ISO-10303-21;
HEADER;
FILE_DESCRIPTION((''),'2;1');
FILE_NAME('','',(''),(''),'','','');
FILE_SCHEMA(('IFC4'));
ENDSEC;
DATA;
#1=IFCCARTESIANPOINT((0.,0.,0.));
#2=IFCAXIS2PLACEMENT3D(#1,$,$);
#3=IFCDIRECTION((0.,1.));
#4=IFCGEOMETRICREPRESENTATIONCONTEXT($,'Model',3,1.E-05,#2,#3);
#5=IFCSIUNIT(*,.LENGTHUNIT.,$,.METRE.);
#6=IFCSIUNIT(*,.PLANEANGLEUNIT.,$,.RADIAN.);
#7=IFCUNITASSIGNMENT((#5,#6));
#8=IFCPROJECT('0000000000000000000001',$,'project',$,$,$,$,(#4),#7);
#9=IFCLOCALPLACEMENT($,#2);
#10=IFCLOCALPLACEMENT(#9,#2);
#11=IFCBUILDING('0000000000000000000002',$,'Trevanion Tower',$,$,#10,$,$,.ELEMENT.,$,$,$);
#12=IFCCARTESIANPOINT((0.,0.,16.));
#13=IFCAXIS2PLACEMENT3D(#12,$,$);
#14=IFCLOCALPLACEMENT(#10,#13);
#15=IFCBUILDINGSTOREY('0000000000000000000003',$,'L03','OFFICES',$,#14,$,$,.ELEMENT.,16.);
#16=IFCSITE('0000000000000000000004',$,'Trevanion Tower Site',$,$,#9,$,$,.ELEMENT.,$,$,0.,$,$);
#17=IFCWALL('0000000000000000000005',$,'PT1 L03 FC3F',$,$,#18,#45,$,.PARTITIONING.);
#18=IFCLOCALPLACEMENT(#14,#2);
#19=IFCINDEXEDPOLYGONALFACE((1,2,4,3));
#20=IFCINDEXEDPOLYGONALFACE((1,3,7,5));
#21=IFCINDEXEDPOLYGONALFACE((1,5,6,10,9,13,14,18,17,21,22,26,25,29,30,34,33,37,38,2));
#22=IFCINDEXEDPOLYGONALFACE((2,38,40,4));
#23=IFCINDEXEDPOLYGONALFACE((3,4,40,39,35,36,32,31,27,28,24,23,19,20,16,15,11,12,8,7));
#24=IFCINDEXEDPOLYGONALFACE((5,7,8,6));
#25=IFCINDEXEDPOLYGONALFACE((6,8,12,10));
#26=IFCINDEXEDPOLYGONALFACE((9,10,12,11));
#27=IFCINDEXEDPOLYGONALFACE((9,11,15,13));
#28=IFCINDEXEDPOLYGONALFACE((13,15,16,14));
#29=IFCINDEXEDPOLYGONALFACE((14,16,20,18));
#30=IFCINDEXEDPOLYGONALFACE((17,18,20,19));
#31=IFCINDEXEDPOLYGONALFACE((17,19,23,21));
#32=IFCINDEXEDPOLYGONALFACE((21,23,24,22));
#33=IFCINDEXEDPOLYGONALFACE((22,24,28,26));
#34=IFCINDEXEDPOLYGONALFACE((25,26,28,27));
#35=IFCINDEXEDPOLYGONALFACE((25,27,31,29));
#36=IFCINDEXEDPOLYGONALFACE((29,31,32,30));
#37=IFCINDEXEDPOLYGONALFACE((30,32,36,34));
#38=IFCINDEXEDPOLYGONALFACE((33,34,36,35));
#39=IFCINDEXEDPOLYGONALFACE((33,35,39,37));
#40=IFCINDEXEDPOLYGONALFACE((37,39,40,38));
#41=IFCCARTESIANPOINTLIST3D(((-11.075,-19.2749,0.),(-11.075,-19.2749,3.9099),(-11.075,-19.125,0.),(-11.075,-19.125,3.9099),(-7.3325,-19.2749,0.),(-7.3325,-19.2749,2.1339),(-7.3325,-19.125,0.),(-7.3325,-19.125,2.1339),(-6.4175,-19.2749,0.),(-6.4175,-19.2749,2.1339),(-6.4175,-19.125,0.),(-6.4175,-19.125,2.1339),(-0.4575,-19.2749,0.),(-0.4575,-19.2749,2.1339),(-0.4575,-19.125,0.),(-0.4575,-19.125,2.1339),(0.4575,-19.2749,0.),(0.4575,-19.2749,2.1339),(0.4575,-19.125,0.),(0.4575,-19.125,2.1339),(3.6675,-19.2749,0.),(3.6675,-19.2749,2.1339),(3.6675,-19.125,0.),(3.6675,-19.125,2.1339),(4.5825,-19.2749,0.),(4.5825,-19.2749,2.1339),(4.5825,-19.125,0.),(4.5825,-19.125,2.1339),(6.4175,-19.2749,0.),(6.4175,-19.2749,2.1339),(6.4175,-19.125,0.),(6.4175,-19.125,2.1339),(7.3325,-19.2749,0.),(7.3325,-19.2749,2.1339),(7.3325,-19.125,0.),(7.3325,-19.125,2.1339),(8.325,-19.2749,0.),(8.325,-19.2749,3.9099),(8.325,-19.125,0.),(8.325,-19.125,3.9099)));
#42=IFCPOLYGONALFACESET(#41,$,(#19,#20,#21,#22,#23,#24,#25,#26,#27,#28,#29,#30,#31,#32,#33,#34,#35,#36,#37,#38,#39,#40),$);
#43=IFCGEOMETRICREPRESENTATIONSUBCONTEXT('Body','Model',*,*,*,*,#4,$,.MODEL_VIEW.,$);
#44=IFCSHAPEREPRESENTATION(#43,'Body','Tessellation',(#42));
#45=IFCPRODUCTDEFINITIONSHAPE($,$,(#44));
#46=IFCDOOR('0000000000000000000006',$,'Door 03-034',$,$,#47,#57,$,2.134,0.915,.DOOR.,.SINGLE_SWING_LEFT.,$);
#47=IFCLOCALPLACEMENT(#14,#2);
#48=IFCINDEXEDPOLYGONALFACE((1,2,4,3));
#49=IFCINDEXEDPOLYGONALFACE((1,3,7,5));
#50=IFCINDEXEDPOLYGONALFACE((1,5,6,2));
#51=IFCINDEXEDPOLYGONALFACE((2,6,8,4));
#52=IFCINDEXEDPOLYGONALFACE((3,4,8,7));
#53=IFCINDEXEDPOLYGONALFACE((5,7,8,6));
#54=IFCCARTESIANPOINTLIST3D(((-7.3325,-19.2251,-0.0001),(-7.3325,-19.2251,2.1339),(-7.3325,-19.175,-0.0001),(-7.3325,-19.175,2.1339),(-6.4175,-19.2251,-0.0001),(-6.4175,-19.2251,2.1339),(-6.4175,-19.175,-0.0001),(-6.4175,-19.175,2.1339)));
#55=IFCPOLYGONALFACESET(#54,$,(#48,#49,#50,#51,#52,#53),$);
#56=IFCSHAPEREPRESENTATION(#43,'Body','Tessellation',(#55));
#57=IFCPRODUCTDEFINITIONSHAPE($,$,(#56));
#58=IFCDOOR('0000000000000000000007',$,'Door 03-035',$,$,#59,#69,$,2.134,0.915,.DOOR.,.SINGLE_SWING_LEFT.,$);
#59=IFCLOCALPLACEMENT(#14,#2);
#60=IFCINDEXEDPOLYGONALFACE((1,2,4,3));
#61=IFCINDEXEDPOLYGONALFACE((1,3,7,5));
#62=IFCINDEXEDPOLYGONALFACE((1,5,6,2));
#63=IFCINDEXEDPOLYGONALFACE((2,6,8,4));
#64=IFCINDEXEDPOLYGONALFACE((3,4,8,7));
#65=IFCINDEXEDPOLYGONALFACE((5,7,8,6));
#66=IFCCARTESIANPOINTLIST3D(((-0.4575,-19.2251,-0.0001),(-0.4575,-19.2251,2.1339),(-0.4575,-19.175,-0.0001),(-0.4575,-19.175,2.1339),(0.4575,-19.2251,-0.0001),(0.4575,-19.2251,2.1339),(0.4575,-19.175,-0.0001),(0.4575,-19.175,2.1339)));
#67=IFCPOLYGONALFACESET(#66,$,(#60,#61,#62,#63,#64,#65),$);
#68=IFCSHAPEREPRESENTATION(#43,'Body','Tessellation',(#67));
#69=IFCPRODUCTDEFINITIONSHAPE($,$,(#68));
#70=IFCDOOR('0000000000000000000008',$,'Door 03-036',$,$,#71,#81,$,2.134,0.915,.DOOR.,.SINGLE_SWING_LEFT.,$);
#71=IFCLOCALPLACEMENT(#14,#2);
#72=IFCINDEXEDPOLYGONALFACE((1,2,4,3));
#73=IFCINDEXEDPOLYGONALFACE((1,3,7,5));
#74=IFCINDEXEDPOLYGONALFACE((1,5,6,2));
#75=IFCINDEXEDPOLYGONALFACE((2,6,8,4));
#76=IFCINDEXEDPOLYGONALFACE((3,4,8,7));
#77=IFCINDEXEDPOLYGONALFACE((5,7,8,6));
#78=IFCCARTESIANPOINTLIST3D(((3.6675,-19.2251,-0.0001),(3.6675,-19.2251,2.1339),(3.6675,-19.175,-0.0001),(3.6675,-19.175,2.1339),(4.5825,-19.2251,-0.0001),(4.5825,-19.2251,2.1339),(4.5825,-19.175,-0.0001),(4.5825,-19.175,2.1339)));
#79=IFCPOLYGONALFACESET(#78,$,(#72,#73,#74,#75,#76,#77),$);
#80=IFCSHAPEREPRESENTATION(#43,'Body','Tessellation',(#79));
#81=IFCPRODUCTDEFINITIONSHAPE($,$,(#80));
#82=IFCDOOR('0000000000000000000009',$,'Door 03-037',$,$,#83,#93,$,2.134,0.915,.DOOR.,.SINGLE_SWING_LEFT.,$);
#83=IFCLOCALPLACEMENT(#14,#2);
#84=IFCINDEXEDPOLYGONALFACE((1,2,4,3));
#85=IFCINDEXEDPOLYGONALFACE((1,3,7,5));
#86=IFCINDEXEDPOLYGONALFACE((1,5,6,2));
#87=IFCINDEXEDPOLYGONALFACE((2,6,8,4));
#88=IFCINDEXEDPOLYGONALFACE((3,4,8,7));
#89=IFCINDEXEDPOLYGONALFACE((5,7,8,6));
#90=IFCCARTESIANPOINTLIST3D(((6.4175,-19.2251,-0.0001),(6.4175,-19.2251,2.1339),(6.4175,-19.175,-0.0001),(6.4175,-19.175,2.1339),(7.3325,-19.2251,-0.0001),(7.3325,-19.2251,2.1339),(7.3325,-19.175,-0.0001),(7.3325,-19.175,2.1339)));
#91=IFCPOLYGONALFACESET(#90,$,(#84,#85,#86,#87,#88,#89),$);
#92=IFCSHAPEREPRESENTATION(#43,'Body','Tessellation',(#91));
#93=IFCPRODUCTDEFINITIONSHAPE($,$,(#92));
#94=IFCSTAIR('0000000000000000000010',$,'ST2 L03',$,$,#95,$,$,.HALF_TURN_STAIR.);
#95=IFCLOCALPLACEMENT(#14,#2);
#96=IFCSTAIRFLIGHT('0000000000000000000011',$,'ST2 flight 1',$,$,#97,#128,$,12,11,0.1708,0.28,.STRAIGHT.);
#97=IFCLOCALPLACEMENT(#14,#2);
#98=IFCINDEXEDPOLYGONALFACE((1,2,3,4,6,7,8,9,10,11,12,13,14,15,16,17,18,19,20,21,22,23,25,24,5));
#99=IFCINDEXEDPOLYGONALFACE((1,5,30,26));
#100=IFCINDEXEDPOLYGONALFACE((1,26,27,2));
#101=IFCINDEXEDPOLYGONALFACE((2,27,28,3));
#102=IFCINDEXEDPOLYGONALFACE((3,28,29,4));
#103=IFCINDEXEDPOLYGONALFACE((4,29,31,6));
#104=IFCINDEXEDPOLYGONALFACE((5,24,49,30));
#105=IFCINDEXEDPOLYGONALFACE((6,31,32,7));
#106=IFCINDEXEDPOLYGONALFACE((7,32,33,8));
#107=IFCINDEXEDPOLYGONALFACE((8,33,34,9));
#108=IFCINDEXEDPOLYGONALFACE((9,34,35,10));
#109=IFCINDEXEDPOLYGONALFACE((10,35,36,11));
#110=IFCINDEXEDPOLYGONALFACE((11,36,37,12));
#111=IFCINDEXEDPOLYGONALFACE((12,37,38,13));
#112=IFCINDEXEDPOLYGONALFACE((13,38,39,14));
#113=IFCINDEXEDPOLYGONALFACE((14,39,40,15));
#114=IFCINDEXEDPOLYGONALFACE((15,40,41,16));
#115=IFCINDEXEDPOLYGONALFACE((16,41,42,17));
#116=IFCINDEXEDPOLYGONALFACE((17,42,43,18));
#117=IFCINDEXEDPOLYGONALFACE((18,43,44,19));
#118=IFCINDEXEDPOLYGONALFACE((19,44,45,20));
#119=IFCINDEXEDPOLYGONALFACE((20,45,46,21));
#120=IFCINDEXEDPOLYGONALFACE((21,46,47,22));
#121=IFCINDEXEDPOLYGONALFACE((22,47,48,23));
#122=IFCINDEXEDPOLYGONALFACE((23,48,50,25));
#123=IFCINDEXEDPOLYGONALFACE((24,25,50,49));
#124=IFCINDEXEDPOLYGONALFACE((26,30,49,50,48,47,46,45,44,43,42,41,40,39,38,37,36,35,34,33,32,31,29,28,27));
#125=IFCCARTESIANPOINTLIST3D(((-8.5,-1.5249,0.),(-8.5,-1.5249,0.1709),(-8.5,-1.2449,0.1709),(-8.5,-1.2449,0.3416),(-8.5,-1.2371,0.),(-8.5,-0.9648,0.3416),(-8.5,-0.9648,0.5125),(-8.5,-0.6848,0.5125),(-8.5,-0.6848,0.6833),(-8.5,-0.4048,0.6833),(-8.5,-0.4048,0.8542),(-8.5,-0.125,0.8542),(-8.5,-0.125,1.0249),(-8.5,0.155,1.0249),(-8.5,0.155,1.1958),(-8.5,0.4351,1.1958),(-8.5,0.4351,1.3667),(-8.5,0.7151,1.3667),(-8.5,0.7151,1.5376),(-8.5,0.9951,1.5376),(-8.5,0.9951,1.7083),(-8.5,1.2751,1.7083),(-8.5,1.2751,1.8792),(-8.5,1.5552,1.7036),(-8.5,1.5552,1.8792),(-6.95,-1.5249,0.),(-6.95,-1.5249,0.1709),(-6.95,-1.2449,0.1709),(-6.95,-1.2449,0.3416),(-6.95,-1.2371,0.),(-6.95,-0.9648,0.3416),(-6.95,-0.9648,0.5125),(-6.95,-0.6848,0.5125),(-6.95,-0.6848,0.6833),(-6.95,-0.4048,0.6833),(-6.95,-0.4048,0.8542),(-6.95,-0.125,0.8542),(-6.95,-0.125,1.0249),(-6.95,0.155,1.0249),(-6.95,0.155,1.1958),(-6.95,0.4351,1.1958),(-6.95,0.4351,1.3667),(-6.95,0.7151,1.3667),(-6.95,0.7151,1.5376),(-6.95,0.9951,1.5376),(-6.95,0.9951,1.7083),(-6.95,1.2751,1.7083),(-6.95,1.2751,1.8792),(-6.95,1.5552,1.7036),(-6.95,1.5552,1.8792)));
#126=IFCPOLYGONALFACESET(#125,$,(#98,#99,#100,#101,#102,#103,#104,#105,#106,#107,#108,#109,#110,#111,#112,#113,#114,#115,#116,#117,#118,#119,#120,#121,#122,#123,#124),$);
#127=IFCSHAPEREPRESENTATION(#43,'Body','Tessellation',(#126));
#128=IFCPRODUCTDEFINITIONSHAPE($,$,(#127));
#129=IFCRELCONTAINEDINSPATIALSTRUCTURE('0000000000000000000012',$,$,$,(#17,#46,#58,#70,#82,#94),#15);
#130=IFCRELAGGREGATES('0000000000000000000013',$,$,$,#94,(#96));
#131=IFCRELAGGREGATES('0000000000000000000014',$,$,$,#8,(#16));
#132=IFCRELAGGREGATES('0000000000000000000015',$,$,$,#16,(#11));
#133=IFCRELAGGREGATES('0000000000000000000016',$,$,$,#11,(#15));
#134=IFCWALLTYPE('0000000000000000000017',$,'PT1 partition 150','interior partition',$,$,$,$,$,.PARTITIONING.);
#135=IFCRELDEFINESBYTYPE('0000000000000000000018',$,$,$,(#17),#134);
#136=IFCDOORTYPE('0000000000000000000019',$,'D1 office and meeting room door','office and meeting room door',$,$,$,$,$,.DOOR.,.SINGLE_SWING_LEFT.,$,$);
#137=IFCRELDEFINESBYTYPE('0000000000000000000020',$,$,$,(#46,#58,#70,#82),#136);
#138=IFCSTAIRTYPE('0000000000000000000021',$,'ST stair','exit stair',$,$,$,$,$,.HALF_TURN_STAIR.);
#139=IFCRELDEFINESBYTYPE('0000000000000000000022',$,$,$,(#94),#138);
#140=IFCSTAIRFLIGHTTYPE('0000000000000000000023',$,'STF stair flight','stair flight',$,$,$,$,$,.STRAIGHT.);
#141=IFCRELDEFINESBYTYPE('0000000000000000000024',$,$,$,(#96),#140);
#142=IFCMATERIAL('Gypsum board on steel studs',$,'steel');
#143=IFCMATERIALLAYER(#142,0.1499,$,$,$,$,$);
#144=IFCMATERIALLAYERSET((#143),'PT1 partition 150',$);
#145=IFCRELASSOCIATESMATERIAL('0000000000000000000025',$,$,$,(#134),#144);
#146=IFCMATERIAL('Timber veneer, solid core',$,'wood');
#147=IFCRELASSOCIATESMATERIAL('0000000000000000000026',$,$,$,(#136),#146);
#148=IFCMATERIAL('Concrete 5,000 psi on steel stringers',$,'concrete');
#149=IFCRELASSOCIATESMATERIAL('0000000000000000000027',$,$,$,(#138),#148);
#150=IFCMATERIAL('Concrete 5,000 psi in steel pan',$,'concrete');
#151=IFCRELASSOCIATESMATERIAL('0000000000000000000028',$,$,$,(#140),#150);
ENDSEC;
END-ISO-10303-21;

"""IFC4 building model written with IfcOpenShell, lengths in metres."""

from ifc_helpers import new_model, si_unit, direction, frame, frame_2d, origin, place, context, subcontext, project, spatial, polyline, rectangle, outline, extrude, material, layer, layer_set, type_object, element, fill, aggregate, save


model = new_model("IFC4")

# Units and contexts
model_context = context("Model", 3, precision=1e-05, world=origin(), true_north=direction((0.0, 1.0)))
body_context = subcontext(model_context, "Body", "Model", "MODEL_VIEW")
ifc_project = project(units=[si_unit("LENGTHUNIT", "METRE"), si_unit("PLANEANGLEUNIT", "RADIAN")], contexts=[model_context])

# Site, building, storey
site_placement = place(None, origin())
site = spatial("IfcSite", under=ifc_project, at=site_placement, Name="Trevanion Tower Site", CompositionType="ELEMENT", RefElevation=0.0)
building_placement = place(site_placement, origin())
building = spatial("IfcBuilding", under=site, at=building_placement, Name="Trevanion Tower", CompositionType="ELEMENT")
storey_placement = place(building_placement, frame((0.0, 0.0, 16.0)))
storey = spatial("IfcBuildingStorey", under=building, at=storey_placement, Name="L03", Description="OFFICES", CompositionType="ELEMENT", Elevation=16.0)

# Shared definitions
ifc_material_1 = material(Name="Gypsum board on steel studs", Category="steel")
ifc_layer_1 = layer(ifc_material_1, 0.1499)
ifc_layer_set_1 = layer_set([ifc_layer_1], Name="PT1 partition 150")
wall_type_1 = type_object("IfcWallType", Name="PT1 partition 150", Description="interior partition", PredefinedType="PARTITIONING", material=ifc_layer_set_1)

# Shared definitions
ifc_material_2 = material(Name="Timber veneer, solid core", Category="wood")
door_type = type_object("IfcDoorType", Name="D1 office and meeting room door", Description="office and meeting room door", OperationType="SINGLE_SWING_LEFT", PredefinedType="DOOR", material=ifc_material_2)

# Wall, openings, doors
wall_1_placement = place(storey_placement, frame((-11.075, -19.2, 0.0), z_axis=(0.0, 0.0, 1.0), x_axis=(1.0, 0.0, 0.0)))
wall_1 = element("IfcWall", 1, at=wall_1_placement, inside=storey, type_object=wall_type_1, Name="PT1 L03 FC3F", PredefinedType="PARTITIONING", context=body_context, shape_type="SweptSolid", body=[
    extrude(rectangle(XDim=19.3999, YDim=0.1499, at=frame_2d((9.7, 0.0))), origin(), (0.0, 0.0, 1.0), 3.9099),
])
opening_1_placement = place(wall_1_placement, frame((3.7424, 0.0, 0.0)))
opening_1 = element("IfcOpeningElement", 2, at=opening_1_placement, cuts=wall_1, PredefinedType="OPENING", context=body_context, shape_type="SweptSolid", body=[
    extrude(rectangle(XDim=0.915, YDim=2.134, at=frame_2d((0.4575, 1.0669))), frame((0.0, 0.085, 0.0), z_axis=(0.0, -1.0, 0.0), x_axis=(1.0, 0.0, 0.0)), (0.0, 0.0, 1.0), 0.1699),
])
opening_2_placement = place(wall_1_placement, frame((10.6174, 0.0, 0.0)))
opening_2 = element("IfcOpeningElement", 3, at=opening_2_placement, cuts=wall_1, PredefinedType="OPENING", context=body_context, shape_type="SweptSolid", body=[
    extrude(rectangle(XDim=0.915, YDim=2.134, at=frame_2d((0.4575, 1.0669))), frame((0.0, 0.085, 0.0), z_axis=(0.0, -1.0, 0.0), x_axis=(1.0, 0.0, 0.0)), (0.0, 0.0, 1.0), 0.1699),
])
opening_3_placement = place(wall_1_placement, frame((14.7424, 0.0, 0.0)))
opening_3 = element("IfcOpeningElement", 4, at=opening_3_placement, cuts=wall_1, PredefinedType="OPENING", context=body_context, shape_type="SweptSolid", body=[
    extrude(rectangle(XDim=0.915, YDim=2.134, at=frame_2d((0.4575, 1.0669))), frame((0.0, 0.085, 0.0), z_axis=(0.0, -1.0, 0.0), x_axis=(1.0, 0.0, 0.0)), (0.0, 0.0, 1.0), 0.1699),
])
opening_4_placement = place(wall_1_placement, frame((17.4924, 0.0, 0.0)))
opening_4 = element("IfcOpeningElement", 5, at=opening_4_placement, cuts=wall_1, PredefinedType="OPENING", context=body_context, shape_type="SweptSolid", body=[
    extrude(rectangle(XDim=0.915, YDim=2.134, at=frame_2d((0.4575, 1.0669))), frame((0.0, 0.085, 0.0), z_axis=(0.0, -1.0, 0.0), x_axis=(1.0, 0.0, 0.0)), (0.0, 0.0, 1.0), 0.1699),
])
door_1_placement = place(opening_1_placement, origin())
door_1 = element("IfcDoor", 6, at=door_1_placement, inside=storey, type_object=door_type, Name="Door 03-034", OperationType="SINGLE_SWING_LEFT", OverallHeight=2.134, OverallWidth=0.915, PredefinedType="DOOR", context=body_context, shape_type="SweptSolid", body=[
    extrude(rectangle(XDim=0.915, YDim=2.134, at=frame_2d((0.4575, 1.0669))), frame((0.0, 0.0249, 0.0), z_axis=(0.0, -1.0, 0.0), x_axis=(1.0, 0.0, 0.0)), (0.0, 0.0, 1.0), 0.05),
])
fill(opening_1, door_1)
door_2_placement = place(opening_2_placement, origin())
door_2 = element("IfcDoor", 7, at=door_2_placement, inside=storey, type_object=door_type, Name="Door 03-035", OperationType="SINGLE_SWING_LEFT", OverallHeight=2.134, OverallWidth=0.915, PredefinedType="DOOR", context=body_context, shape_type="SweptSolid", body=[
    extrude(rectangle(XDim=0.915, YDim=2.134, at=frame_2d((0.4575, 1.0669))), frame((0.0, 0.0249, 0.0), z_axis=(0.0, -1.0, 0.0), x_axis=(1.0, 0.0, 0.0)), (0.0, 0.0, 1.0), 0.05),
])
fill(opening_2, door_2)
door_3_placement = place(opening_3_placement, origin())
door_3 = element("IfcDoor", 8, at=door_3_placement, inside=storey, type_object=door_type, Name="Door 03-036", OperationType="SINGLE_SWING_LEFT", OverallHeight=2.134, OverallWidth=0.915, PredefinedType="DOOR", context=body_context, shape_type="SweptSolid", body=[
    extrude(rectangle(XDim=0.915, YDim=2.134, at=frame_2d((0.4575, 1.0669))), frame((0.0, 0.0249, 0.0), z_axis=(0.0, -1.0, 0.0), x_axis=(1.0, 0.0, 0.0)), (0.0, 0.0, 1.0), 0.05),
])
fill(opening_3, door_3)
door_4_placement = place(opening_4_placement, origin())
door_4 = element("IfcDoor", 9, at=door_4_placement, inside=storey, type_object=door_type, Name="Door 03-037", OperationType="SINGLE_SWING_LEFT", OverallHeight=2.134, OverallWidth=0.915, PredefinedType="DOOR", context=body_context, shape_type="SweptSolid", body=[
    extrude(rectangle(XDim=0.915, YDim=2.134, at=frame_2d((0.4575, 1.0669))), frame((0.0, 0.0249, 0.0), z_axis=(0.0, -1.0, 0.0), x_axis=(1.0, 0.0, 0.0)), (0.0, 0.0, 1.0), 0.05),
])
fill(opening_4, door_4)

# Stair, stair flight
ifc_material_3 = material(Name="Concrete 5,000 psi on steel stringers", Category="concrete")
stair_type = type_object("IfcStairType", Name="ST stair", Description="exit stair", PredefinedType="HALF_TURN_STAIR", material=ifc_material_3)
stair_placement = place(storey_placement, origin())
stair = element("IfcStair", 10, at=stair_placement, inside=storey, type_object=stair_type, Name="ST2 L03", PredefinedType="HALF_TURN_STAIR")
ifc_material_4 = material(Name="Concrete 5,000 psi in steel pan", Category="concrete")
stair_flight_type = type_object("IfcStairFlightType", Name="STF stair flight", Description="stair flight", PredefinedType="STRAIGHT", material=ifc_material_4)
stair_flight_placement = place(storey_placement, frame((-7.7251, -1.5249, 0.0), z_axis=(0.0, 0.0, 1.0), x_axis=(0.0, 1.0, 0.0)))
stair_flight = element("IfcStairFlight", 11, at=stair_flight_placement, type_object=stair_flight_type, Name="ST2 flight 1", NumberOfRisers=12, NumberOfTreads=11, PredefinedType="STRAIGHT", RiserHeight=0.1708, TreadLength=0.28, context=body_context, shape_type="SweptSolid", body=[
    extrude(outline(polyline([(0.0, 0.0), (0.0, 0.1709), (0.28, 0.1709), (0.28, 0.3416), (0.5601, 0.3416), (0.5601, 0.5125), (0.8401, 0.5125), (0.8401, 0.6833), (1.1201, 0.6833), (1.1201, 0.8542), (1.3999, 0.8542), (1.3999, 1.0249), (1.6799, 1.0249), (1.6799, 1.1958), (1.96, 1.1958), (1.96, 1.3667), (2.24, 1.3667), (2.24, 1.5376), (2.52, 1.5376), (2.52, 1.7083), (2.8, 1.7083), (2.8, 1.8792), (3.0801, 1.8792), (3.0801, 2.05), (3.0801, 1.7036), (0.2878, 0.0), (0.0, 0.0)])), frame((0.0, 0.7749, 0.0), z_axis=(0.0, -1.0, 0.0), x_axis=(1.0, 0.0, 0.0)), (0.0, 0.0, 1.0), 1.55),
])
aggregate(stair, [stair_flight])

save(model, "model.ifc")
